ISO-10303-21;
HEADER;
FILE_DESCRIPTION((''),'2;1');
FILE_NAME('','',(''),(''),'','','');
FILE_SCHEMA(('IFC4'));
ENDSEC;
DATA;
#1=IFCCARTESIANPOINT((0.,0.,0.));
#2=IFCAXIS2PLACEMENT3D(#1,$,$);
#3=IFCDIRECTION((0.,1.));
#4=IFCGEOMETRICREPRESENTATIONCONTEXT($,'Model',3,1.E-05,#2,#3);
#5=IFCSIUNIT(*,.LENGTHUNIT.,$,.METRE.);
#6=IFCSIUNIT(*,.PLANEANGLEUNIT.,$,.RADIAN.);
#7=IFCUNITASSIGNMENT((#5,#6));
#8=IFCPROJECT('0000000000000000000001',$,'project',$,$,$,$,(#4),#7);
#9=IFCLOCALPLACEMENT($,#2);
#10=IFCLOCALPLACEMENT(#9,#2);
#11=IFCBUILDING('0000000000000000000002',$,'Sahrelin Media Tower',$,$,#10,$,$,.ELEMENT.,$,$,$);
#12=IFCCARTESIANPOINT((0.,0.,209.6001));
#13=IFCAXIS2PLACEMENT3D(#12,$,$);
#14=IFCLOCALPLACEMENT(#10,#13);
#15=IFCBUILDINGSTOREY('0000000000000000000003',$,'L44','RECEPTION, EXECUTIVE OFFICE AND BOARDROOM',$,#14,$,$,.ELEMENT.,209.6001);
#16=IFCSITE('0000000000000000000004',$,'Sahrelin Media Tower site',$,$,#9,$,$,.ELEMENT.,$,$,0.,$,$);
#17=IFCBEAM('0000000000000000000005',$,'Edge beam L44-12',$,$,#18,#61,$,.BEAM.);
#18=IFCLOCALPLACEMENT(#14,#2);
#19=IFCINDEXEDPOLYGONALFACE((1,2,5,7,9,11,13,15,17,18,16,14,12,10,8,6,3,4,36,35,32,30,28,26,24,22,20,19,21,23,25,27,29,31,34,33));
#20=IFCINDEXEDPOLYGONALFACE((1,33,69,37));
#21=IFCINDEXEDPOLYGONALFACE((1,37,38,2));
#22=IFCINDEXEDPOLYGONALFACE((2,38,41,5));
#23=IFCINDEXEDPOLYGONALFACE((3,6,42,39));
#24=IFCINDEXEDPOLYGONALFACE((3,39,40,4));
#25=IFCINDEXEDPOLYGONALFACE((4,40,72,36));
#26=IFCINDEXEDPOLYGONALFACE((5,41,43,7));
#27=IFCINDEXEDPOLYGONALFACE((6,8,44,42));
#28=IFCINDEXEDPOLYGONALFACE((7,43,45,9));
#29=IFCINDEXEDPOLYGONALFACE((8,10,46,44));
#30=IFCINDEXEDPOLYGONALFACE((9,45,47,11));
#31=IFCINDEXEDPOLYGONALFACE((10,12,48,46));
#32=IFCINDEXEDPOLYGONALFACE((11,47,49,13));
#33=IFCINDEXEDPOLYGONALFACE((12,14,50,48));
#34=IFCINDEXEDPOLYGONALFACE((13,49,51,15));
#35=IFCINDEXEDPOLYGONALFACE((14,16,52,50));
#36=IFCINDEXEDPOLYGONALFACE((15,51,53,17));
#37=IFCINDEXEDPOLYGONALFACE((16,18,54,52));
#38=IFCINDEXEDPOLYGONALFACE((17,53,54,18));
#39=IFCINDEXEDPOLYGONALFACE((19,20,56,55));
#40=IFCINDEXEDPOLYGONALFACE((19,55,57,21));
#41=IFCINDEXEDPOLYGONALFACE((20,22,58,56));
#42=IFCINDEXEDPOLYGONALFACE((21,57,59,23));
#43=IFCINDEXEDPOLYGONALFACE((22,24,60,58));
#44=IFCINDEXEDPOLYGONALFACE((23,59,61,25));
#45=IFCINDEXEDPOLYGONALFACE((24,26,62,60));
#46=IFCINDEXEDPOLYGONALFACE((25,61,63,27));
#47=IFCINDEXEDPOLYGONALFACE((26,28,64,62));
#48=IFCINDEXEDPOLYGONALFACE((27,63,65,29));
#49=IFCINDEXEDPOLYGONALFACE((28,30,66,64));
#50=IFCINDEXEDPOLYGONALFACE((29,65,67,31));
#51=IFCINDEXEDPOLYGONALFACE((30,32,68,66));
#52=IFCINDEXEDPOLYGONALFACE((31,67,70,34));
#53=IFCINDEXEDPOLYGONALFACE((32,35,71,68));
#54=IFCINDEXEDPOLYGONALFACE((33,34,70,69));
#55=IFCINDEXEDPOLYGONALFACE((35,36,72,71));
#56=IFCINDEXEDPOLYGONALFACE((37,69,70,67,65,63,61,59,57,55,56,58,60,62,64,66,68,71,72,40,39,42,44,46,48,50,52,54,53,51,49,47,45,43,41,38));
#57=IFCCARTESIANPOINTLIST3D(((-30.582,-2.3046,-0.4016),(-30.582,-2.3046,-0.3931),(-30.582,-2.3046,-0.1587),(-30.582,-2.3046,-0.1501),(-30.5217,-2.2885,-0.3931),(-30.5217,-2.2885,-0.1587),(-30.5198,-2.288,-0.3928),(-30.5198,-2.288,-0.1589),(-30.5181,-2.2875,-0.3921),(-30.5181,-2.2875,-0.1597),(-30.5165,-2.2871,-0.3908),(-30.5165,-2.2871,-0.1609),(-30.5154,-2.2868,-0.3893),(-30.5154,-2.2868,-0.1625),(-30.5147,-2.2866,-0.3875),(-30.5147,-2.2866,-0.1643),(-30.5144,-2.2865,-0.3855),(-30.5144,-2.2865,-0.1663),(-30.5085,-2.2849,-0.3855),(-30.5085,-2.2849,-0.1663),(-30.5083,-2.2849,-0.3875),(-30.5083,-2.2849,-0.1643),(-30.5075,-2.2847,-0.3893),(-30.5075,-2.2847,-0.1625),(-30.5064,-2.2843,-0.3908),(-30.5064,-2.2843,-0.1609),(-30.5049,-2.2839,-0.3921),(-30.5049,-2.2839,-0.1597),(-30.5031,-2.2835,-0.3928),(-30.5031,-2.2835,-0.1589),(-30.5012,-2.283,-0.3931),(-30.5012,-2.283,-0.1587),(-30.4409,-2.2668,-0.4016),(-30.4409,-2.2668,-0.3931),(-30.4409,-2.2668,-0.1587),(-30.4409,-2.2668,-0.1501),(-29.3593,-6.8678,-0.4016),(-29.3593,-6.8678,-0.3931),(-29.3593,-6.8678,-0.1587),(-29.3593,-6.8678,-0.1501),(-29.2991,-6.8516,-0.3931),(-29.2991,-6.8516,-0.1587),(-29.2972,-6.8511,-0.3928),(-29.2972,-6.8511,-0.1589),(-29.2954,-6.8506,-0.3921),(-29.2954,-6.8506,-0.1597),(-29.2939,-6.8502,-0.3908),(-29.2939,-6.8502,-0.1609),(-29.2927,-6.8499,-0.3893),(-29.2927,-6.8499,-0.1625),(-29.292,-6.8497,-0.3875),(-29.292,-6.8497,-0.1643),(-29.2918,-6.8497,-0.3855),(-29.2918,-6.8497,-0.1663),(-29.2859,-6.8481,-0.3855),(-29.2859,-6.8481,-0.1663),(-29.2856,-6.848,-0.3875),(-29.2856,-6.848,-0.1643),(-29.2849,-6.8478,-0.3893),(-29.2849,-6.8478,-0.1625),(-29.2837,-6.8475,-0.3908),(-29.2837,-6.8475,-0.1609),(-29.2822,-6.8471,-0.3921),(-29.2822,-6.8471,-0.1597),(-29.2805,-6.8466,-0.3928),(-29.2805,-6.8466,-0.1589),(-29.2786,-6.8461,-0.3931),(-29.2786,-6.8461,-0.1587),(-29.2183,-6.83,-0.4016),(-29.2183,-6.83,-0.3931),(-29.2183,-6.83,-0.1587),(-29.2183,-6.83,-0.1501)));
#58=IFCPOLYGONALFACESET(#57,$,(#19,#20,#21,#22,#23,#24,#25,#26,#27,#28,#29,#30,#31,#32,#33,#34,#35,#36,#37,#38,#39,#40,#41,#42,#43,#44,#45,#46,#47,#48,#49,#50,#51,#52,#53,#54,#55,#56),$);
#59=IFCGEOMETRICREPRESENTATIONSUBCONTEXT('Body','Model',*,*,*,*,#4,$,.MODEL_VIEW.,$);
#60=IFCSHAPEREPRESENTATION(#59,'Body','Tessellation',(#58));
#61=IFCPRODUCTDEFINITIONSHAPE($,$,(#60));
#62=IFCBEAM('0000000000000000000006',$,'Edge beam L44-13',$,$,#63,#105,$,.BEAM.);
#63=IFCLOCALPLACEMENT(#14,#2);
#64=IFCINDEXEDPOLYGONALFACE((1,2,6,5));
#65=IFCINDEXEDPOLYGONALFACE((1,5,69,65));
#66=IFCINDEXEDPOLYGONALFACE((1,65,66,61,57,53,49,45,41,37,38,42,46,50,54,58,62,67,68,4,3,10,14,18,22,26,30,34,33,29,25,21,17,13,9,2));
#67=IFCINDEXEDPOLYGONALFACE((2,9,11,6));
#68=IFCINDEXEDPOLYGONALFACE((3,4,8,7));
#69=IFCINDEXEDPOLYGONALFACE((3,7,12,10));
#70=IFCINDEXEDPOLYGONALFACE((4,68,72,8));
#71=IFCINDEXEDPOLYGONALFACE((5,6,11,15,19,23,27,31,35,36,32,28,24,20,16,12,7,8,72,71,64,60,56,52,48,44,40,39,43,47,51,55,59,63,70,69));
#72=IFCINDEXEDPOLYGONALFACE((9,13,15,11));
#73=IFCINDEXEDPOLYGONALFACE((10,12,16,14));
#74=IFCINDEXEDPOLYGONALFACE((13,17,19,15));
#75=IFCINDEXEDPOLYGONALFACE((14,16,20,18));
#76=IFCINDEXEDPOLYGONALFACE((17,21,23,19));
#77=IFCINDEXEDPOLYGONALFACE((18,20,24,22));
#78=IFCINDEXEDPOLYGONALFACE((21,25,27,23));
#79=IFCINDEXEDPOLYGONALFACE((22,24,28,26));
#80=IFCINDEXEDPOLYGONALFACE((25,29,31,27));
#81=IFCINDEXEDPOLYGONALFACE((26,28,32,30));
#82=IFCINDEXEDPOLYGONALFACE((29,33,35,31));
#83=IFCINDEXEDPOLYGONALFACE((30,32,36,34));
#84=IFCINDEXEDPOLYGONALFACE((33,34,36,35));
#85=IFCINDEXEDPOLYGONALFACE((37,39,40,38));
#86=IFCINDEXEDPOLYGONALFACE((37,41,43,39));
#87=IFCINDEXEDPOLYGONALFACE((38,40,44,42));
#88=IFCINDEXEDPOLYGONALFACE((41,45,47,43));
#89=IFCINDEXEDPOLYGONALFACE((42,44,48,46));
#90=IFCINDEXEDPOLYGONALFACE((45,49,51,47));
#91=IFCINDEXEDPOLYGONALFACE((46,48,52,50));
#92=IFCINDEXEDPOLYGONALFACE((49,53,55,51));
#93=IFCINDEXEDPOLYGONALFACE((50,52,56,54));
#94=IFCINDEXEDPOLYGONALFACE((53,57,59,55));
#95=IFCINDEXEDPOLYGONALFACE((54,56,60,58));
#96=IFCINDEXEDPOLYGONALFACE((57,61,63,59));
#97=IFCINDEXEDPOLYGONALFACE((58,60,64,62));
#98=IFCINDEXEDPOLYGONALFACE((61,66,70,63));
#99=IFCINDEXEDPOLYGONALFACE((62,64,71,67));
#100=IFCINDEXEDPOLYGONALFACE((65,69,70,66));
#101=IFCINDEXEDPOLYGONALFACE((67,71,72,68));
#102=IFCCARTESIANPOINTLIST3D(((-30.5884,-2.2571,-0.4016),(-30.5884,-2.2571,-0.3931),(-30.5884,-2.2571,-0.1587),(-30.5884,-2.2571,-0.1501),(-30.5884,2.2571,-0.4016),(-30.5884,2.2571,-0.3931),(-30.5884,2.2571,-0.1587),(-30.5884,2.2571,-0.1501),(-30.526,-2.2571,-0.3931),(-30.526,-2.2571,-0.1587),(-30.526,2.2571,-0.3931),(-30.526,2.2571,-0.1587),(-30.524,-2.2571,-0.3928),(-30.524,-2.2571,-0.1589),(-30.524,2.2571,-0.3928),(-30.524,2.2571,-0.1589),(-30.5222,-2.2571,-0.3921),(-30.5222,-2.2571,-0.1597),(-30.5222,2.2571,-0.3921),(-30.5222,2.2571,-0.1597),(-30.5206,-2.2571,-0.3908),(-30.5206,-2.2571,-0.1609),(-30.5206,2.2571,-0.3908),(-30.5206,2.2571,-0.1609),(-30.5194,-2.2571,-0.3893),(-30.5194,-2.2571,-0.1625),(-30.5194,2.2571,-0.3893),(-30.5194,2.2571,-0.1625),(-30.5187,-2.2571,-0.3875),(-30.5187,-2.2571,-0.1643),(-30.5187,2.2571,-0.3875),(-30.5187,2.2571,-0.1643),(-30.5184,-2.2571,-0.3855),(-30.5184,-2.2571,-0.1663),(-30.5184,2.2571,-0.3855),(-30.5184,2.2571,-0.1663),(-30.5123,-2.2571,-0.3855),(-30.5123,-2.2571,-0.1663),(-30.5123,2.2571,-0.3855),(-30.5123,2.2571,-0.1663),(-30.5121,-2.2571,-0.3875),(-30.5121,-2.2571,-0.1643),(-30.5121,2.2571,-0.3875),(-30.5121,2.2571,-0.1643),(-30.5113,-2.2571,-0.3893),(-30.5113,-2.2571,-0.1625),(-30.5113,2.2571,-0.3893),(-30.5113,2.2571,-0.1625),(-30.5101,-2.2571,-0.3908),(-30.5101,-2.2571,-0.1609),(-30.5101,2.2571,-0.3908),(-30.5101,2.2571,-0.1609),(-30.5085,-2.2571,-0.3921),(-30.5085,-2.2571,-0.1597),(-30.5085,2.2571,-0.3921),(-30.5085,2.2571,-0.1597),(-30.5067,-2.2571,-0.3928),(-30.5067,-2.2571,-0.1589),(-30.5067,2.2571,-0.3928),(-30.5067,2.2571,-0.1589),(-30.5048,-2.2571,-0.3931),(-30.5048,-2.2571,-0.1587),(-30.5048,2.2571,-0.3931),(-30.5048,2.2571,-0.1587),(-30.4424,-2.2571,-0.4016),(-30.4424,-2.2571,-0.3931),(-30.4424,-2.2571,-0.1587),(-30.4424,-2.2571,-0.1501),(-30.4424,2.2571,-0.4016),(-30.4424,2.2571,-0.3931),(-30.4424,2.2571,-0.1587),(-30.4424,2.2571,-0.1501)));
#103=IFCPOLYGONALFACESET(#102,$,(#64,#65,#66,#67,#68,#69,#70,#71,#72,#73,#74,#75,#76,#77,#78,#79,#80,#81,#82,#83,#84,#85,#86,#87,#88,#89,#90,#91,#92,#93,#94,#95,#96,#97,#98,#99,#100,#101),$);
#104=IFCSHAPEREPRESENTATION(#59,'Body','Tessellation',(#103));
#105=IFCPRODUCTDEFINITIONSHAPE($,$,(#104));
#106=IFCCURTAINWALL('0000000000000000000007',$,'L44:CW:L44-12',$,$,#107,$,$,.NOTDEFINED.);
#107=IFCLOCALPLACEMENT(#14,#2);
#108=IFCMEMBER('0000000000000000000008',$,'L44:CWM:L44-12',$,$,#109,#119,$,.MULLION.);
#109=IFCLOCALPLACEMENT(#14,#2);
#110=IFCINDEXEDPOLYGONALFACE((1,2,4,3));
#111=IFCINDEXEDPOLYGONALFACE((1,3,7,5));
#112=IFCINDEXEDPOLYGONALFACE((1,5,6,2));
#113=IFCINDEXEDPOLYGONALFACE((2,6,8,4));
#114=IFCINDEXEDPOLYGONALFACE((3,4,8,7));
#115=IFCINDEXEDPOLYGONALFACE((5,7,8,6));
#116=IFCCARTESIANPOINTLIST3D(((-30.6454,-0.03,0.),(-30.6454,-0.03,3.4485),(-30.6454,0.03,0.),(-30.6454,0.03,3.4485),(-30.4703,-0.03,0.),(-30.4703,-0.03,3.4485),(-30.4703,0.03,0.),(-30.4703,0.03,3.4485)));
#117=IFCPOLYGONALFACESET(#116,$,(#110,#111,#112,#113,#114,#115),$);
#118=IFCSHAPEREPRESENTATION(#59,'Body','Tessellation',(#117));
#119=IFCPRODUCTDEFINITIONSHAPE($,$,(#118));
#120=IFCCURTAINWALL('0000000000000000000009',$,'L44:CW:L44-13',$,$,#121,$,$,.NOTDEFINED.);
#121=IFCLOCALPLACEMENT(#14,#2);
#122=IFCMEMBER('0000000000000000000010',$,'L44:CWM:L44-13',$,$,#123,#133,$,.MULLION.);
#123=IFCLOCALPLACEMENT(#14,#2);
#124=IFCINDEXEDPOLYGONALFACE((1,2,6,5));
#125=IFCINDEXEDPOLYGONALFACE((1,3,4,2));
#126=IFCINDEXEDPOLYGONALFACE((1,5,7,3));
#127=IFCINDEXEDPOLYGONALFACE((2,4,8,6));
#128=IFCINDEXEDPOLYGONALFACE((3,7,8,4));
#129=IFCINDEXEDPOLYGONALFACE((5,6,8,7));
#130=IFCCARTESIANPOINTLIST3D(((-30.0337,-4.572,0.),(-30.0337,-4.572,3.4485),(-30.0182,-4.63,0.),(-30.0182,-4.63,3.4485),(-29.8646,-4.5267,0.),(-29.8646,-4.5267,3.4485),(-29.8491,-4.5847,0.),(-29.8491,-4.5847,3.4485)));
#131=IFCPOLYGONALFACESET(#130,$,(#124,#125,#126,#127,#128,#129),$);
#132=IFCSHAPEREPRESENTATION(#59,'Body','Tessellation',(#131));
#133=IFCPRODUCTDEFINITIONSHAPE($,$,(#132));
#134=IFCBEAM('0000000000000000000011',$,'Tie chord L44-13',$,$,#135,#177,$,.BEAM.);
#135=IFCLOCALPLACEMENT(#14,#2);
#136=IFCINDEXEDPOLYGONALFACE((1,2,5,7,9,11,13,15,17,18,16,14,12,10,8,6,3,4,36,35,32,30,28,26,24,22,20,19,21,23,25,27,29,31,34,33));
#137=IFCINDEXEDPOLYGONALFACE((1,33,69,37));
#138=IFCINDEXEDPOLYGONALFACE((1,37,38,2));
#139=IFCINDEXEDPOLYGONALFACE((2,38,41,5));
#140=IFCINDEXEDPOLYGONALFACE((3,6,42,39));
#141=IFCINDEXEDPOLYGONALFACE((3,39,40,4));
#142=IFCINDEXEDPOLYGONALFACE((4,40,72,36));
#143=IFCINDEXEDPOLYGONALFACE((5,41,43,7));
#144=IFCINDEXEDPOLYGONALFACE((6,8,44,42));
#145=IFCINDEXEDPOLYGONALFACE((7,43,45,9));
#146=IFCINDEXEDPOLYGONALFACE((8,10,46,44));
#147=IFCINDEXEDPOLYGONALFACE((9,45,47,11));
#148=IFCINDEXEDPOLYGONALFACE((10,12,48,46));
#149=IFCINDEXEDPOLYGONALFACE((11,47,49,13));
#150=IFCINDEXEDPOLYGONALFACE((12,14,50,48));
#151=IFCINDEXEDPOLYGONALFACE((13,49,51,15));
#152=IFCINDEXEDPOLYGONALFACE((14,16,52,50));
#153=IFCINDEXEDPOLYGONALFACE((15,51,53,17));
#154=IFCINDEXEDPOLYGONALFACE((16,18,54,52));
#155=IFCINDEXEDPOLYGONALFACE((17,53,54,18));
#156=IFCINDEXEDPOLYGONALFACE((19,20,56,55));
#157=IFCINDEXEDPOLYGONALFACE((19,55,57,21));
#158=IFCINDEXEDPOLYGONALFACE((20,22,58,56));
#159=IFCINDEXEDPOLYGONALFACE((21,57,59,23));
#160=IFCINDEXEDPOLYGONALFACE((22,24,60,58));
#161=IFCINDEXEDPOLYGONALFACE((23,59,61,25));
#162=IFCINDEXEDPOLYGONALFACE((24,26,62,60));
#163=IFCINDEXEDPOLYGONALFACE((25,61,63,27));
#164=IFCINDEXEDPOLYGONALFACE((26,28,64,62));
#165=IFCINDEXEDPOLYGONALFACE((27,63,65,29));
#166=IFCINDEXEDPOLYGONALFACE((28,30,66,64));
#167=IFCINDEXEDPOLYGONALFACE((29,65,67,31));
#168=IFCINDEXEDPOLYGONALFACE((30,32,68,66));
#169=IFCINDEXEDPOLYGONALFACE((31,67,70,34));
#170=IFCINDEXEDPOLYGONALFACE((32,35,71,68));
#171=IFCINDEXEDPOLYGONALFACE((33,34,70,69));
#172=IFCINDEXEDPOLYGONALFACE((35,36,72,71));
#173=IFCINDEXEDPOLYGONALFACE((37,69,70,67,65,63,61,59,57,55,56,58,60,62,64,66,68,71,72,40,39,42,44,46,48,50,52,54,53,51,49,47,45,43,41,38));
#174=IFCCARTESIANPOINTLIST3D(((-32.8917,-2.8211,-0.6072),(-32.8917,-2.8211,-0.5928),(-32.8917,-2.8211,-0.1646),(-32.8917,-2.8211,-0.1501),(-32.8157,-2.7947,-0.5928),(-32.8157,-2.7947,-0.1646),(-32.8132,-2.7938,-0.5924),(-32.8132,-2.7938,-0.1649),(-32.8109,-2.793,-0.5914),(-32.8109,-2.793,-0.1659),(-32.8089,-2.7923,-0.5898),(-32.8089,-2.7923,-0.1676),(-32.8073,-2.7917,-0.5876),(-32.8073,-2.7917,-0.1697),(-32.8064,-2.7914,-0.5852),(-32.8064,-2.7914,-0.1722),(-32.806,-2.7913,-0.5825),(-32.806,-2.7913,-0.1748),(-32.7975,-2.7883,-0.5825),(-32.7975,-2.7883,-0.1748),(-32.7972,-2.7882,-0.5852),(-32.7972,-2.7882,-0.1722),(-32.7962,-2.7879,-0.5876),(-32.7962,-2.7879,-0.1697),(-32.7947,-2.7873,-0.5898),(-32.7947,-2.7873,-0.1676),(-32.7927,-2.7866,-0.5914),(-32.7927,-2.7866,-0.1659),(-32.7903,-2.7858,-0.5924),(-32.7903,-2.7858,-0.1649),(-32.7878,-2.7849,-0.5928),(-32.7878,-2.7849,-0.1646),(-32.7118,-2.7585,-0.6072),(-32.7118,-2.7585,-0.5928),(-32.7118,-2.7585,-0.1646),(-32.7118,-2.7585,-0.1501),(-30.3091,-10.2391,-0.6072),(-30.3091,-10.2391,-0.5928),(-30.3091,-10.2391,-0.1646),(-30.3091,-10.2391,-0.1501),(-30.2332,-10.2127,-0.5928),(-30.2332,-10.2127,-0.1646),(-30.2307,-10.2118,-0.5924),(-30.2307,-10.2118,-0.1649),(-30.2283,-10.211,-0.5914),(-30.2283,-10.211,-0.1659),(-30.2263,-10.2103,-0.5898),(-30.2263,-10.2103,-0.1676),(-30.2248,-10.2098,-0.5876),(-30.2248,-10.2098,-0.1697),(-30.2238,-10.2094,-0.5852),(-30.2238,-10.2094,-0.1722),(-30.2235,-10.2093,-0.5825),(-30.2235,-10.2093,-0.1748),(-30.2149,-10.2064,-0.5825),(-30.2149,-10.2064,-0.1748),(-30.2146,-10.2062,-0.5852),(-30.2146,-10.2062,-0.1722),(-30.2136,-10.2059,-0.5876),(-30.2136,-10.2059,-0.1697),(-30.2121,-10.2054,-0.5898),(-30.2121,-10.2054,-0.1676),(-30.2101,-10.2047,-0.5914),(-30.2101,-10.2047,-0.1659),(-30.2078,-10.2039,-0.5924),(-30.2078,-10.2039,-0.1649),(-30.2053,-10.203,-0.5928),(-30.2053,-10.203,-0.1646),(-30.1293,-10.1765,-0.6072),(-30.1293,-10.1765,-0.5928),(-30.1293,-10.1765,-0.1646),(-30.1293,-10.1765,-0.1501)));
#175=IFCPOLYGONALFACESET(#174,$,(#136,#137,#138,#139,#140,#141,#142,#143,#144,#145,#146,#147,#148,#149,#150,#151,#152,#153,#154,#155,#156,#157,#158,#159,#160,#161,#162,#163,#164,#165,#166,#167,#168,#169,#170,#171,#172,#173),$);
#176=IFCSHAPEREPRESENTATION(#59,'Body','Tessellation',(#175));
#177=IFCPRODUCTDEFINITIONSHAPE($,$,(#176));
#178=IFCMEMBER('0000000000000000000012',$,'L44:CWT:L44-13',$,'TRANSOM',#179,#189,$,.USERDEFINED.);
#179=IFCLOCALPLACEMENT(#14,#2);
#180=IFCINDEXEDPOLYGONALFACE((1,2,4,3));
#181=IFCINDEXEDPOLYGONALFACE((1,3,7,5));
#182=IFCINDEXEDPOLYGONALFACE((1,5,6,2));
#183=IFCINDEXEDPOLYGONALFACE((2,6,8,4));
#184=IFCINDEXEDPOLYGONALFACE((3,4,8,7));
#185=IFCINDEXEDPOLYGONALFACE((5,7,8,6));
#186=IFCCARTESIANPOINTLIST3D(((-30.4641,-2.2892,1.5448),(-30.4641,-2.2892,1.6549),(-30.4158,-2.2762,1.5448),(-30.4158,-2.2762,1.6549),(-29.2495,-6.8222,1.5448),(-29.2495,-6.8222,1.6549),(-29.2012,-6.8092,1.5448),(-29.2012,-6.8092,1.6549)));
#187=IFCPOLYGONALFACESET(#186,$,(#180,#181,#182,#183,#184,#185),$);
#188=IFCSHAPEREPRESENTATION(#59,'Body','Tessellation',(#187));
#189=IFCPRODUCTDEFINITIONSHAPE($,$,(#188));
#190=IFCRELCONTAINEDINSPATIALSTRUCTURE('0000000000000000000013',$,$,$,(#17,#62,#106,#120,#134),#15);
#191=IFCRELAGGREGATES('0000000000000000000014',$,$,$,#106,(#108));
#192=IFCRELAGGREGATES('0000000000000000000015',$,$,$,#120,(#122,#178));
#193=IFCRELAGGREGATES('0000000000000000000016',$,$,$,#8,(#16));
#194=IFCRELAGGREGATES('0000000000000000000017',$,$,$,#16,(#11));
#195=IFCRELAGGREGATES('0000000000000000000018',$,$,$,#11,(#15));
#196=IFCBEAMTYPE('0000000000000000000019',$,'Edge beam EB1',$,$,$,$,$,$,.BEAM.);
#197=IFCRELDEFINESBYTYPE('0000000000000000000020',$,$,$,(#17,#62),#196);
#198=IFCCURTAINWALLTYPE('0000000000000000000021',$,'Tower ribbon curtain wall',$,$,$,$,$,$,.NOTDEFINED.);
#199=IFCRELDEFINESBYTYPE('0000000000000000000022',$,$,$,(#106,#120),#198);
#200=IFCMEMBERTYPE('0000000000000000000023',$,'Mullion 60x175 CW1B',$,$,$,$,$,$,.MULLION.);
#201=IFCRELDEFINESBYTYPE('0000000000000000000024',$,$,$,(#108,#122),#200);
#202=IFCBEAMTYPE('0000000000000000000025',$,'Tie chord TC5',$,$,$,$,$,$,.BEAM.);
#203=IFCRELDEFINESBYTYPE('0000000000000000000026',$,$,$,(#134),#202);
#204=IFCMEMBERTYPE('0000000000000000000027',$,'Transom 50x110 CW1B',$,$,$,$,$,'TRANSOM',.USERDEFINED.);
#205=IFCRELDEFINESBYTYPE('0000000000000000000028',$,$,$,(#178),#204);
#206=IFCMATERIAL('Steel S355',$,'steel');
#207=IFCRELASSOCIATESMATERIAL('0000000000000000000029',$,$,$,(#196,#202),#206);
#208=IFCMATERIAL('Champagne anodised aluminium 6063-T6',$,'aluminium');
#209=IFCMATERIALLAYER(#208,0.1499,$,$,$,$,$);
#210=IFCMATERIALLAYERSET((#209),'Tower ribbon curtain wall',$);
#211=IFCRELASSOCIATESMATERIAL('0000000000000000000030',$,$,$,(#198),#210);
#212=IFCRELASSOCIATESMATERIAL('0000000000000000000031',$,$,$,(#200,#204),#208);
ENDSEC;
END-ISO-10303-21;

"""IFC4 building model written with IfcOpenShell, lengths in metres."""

from ifc_helpers import new_model, si_unit, direction, frame, origin, origin_2d, place, context, subcontext, project, spatial, rectangle, i_section, extrude, material, layer, layer_set, material_profile, profile_set, type_object, element, aggregate, save


model = new_model("IFC4")

# Units and contexts
model_context = context("Model", 3, precision=1e-05, world=origin(), true_north=direction((0.0, 1.0)))
body_context = subcontext(model_context, "Body", "Model", "MODEL_VIEW")
ifc_project = project(units=[si_unit("LENGTHUNIT", "METRE"), si_unit("PLANEANGLEUNIT", "RADIAN")], contexts=[model_context])

# Site, building, storey
site_placement = place(None, origin())
site = spatial("IfcSite", under=ifc_project, at=site_placement, Name="Sahrelin Media Tower site", CompositionType="ELEMENT", RefElevation=0.0)
building_placement = place(site_placement, origin())
building = spatial("IfcBuilding", under=site, at=building_placement, Name="Sahrelin Media Tower", CompositionType="ELEMENT")
storey_placement = place(building_placement, frame((0.0, 0.0, 209.6001)))
storey = spatial("IfcBuildingStorey", under=building, at=storey_placement, Name="L44", Description="RECEPTION, EXECUTIVE OFFICE AND BOARDROOM", CompositionType="ELEMENT", Elevation=209.6001)

# Beams
ifc_material_1 = material(Name="Steel S355", Category="steel")
ifc_material_profile_1 = material_profile(ifc_material_1, i_section(OverallWidth=0.146, OverallDepth=0.2515, WebThickness=0.0061, FlangeThickness=0.0085, FilletRadius=0.0076, at=origin_2d()), Name="UB 254x146x31")
ifc_profile_set_1 = profile_set([ifc_material_profile_1], Name="Steel S355")
beam_type_1 = type_object("IfcBeamType", Name="Edge beam EB1", PredefinedType="BEAM", material=ifc_profile_set_1)
beam_1_placement = place(storey_placement, frame((-29.2888, -6.8489, -0.2759), z_axis=(-0.258808, 0.965929, 0.0), x_axis=(-0.965929, -0.258808, 0.0)))
element("IfcBeam", 1, at=beam_1_placement, inside=storey, type_object=beam_type_1, Name="Edge beam L44-12", PredefinedType="BEAM", context=body_context, shape_type="SweptSolid", body=[
    extrude(i_section(OverallWidth=0.146, OverallDepth=0.2515, WebThickness=0.0061, FlangeThickness=0.0085, FilletRadius=0.0076, at=origin_2d()), origin(), (0.0, 0.0, 1.0), 4.7241),
])
beam_2_placement = place(storey_placement, frame((-30.5154, -2.2571, -0.2759), z_axis=(0.0, 1.0, 0.0), x_axis=(-1.0, 0.0, 0.0)))
element("IfcBeam", 2, at=beam_2_placement, inside=storey, type_object=beam_type_1, Name="Edge beam L44-13", PredefinedType="BEAM", context=body_context, shape_type="SweptSolid", body=[
    extrude(i_section(OverallWidth=0.146, OverallDepth=0.2515, WebThickness=0.0061, FlangeThickness=0.0085, FilletRadius=0.0076, at=origin_2d()), origin(), (0.0, 0.0, 1.0), 4.5142),
])

# Curtain walls, members
ifc_material_2 = material(Name="Champagne anodised aluminium 6063-T6", Category="aluminium")
ifc_layer_1 = layer(ifc_material_2, 0.1499)
ifc_layer_set_1 = layer_set([ifc_layer_1], Name="Tower ribbon curtain wall")
curtain_wall_type = type_object("IfcCurtainWallType", Name="Tower ribbon curtain wall", PredefinedType="NOTDEFINED", material=ifc_layer_set_1)
curtain_wall_1_placement = place(storey_placement, frame((-30.6653, 0.0, 0.0), z_axis=(0.0, 0.0, 1.0), x_axis=(1.0, 0.0, 0.0)))
curtain_wall_1 = element("IfcCurtainWall", 3, at=curtain_wall_1_placement, inside=storey, type_object=curtain_wall_type, Name="L44:CW:L44-12", PredefinedType="NOTDEFINED")
ifc_material_profile_2 = material_profile(ifc_material_2, rectangle(XDim=0.0601, YDim=0.175, at=origin_2d()), Name="Mullion 60x175")
ifc_profile_set_2 = profile_set([ifc_material_profile_2], Name="Champagne anodised aluminium 6063-T6")
member_type_1 = type_object("IfcMemberType", Name="Mullion 60x175 CW1B", PredefinedType="MULLION", material=ifc_profile_set_2)
member_1_placement = place(storey_placement, frame((-30.5579, 0.0, 0.0), z_axis=(0.0, 0.0, 1.0), x_axis=(0.0, -1.0, 0.0)))
member_1 = element("IfcMember", 4, at=member_1_placement, type_object=member_type_1, Name="L44:CWM:L44-12", PredefinedType="MULLION", context=body_context, shape_type="SweptSolid", body=[
    extrude(rectangle(XDim=0.0601, YDim=0.175, at=origin_2d()), origin(), (0.0, 0.0, 1.0), 3.4485),
])
aggregate(curtain_wall_1, [member_1])
curtain_wall_2_placement = place(storey_placement, frame((-30.0452, -4.6062, 0.0), z_axis=(0.0, 0.0, 1.0), x_axis=(1.0, 0.0, 0.0)))
curtain_wall_2 = element("IfcCurtainWall", 5, at=curtain_wall_2_placement, inside=storey, type_object=curtain_wall_type, Name="L44:CW:L44-13", PredefinedType="NOTDEFINED")
member_2_placement = place(storey_placement, frame((-29.9414, -4.5784, 0.0), z_axis=(0.0, 0.0, 1.0), x_axis=(0.258811, -0.965928, 0.0)))
member_2 = element("IfcMember", 6, at=member_2_placement, type_object=member_type_1, Name="L44:CWM:L44-13", PredefinedType="MULLION", context=body_context, shape_type="SweptSolid", body=[
    extrude(rectangle(XDim=0.0601, YDim=0.175, at=origin_2d()), origin(), (0.0, 0.0, 1.0), 3.4485),
])

# Beam
ifc_material_profile_3 = material_profile(ifc_material_1, i_section(OverallWidth=0.1904, OverallDepth=0.457, WebThickness=0.009, FlangeThickness=0.0144, FilletRadius=0.0103, at=origin_2d()), Name="UB 457x191x74")
ifc_profile_set_3 = profile_set([ifc_material_profile_3], Name="Steel S355")
beam_type_2 = type_object("IfcBeamType", Name="Tie chord TC5", PredefinedType="BEAM", material=ifc_profile_set_3)
beam_3_placement = place(storey_placement, frame((-32.8018, -2.7898, -0.3787), z_axis=(0.328788, -0.944404, 0.0), x_axis=(0.944404, 0.328788, 0.0)))
element("IfcBeam", 7, at=beam_3_placement, inside=storey, type_object=beam_type_2, Name="Tie chord L44-13", PredefinedType="BEAM", context=body_context, shape_type="SweptSolid", body=[
    extrude(i_section(OverallWidth=0.1904, OverallDepth=0.457, WebThickness=0.009, FlangeThickness=0.0144, FilletRadius=0.0103, at=origin_2d()), origin(), (0.0, 0.0, 1.0), 7.8547),
])

# Member
ifc_material_profile_4 = material_profile(ifc_material_2, rectangle(XDim=0.05, YDim=0.1101, at=origin_2d()), Name="Transom 50x110")
ifc_profile_set_4 = profile_set([ifc_material_profile_4], Name="Champagne anodised aluminium 6063-T6")
member_type_2 = type_object("IfcMemberType", Name="Transom 50x110 CW1B", ElementType="TRANSOM", PredefinedType="USERDEFINED", material=ifc_profile_set_4)
member_3_placement = place(storey_placement, frame((-30.4399, -2.2827, 1.5999), z_axis=(0.258818, -0.965926, 0.0), x_axis=(0.965926, 0.258818, 0.0)))
member_3 = element("IfcMember", 8, at=member_3_placement, type_object=member_type_2, Name="L44:CWT:L44-13", ObjectType="TRANSOM", PredefinedType="USERDEFINED", context=body_context, shape_type="SweptSolid", body=[
    extrude(rectangle(XDim=0.05, YDim=0.1101, at=origin_2d()), origin(), (0.0, 0.0, 1.0), 4.6929),
])

aggregate(curtain_wall_2, [member_2, member_3])

save(model, "model.ifc")
